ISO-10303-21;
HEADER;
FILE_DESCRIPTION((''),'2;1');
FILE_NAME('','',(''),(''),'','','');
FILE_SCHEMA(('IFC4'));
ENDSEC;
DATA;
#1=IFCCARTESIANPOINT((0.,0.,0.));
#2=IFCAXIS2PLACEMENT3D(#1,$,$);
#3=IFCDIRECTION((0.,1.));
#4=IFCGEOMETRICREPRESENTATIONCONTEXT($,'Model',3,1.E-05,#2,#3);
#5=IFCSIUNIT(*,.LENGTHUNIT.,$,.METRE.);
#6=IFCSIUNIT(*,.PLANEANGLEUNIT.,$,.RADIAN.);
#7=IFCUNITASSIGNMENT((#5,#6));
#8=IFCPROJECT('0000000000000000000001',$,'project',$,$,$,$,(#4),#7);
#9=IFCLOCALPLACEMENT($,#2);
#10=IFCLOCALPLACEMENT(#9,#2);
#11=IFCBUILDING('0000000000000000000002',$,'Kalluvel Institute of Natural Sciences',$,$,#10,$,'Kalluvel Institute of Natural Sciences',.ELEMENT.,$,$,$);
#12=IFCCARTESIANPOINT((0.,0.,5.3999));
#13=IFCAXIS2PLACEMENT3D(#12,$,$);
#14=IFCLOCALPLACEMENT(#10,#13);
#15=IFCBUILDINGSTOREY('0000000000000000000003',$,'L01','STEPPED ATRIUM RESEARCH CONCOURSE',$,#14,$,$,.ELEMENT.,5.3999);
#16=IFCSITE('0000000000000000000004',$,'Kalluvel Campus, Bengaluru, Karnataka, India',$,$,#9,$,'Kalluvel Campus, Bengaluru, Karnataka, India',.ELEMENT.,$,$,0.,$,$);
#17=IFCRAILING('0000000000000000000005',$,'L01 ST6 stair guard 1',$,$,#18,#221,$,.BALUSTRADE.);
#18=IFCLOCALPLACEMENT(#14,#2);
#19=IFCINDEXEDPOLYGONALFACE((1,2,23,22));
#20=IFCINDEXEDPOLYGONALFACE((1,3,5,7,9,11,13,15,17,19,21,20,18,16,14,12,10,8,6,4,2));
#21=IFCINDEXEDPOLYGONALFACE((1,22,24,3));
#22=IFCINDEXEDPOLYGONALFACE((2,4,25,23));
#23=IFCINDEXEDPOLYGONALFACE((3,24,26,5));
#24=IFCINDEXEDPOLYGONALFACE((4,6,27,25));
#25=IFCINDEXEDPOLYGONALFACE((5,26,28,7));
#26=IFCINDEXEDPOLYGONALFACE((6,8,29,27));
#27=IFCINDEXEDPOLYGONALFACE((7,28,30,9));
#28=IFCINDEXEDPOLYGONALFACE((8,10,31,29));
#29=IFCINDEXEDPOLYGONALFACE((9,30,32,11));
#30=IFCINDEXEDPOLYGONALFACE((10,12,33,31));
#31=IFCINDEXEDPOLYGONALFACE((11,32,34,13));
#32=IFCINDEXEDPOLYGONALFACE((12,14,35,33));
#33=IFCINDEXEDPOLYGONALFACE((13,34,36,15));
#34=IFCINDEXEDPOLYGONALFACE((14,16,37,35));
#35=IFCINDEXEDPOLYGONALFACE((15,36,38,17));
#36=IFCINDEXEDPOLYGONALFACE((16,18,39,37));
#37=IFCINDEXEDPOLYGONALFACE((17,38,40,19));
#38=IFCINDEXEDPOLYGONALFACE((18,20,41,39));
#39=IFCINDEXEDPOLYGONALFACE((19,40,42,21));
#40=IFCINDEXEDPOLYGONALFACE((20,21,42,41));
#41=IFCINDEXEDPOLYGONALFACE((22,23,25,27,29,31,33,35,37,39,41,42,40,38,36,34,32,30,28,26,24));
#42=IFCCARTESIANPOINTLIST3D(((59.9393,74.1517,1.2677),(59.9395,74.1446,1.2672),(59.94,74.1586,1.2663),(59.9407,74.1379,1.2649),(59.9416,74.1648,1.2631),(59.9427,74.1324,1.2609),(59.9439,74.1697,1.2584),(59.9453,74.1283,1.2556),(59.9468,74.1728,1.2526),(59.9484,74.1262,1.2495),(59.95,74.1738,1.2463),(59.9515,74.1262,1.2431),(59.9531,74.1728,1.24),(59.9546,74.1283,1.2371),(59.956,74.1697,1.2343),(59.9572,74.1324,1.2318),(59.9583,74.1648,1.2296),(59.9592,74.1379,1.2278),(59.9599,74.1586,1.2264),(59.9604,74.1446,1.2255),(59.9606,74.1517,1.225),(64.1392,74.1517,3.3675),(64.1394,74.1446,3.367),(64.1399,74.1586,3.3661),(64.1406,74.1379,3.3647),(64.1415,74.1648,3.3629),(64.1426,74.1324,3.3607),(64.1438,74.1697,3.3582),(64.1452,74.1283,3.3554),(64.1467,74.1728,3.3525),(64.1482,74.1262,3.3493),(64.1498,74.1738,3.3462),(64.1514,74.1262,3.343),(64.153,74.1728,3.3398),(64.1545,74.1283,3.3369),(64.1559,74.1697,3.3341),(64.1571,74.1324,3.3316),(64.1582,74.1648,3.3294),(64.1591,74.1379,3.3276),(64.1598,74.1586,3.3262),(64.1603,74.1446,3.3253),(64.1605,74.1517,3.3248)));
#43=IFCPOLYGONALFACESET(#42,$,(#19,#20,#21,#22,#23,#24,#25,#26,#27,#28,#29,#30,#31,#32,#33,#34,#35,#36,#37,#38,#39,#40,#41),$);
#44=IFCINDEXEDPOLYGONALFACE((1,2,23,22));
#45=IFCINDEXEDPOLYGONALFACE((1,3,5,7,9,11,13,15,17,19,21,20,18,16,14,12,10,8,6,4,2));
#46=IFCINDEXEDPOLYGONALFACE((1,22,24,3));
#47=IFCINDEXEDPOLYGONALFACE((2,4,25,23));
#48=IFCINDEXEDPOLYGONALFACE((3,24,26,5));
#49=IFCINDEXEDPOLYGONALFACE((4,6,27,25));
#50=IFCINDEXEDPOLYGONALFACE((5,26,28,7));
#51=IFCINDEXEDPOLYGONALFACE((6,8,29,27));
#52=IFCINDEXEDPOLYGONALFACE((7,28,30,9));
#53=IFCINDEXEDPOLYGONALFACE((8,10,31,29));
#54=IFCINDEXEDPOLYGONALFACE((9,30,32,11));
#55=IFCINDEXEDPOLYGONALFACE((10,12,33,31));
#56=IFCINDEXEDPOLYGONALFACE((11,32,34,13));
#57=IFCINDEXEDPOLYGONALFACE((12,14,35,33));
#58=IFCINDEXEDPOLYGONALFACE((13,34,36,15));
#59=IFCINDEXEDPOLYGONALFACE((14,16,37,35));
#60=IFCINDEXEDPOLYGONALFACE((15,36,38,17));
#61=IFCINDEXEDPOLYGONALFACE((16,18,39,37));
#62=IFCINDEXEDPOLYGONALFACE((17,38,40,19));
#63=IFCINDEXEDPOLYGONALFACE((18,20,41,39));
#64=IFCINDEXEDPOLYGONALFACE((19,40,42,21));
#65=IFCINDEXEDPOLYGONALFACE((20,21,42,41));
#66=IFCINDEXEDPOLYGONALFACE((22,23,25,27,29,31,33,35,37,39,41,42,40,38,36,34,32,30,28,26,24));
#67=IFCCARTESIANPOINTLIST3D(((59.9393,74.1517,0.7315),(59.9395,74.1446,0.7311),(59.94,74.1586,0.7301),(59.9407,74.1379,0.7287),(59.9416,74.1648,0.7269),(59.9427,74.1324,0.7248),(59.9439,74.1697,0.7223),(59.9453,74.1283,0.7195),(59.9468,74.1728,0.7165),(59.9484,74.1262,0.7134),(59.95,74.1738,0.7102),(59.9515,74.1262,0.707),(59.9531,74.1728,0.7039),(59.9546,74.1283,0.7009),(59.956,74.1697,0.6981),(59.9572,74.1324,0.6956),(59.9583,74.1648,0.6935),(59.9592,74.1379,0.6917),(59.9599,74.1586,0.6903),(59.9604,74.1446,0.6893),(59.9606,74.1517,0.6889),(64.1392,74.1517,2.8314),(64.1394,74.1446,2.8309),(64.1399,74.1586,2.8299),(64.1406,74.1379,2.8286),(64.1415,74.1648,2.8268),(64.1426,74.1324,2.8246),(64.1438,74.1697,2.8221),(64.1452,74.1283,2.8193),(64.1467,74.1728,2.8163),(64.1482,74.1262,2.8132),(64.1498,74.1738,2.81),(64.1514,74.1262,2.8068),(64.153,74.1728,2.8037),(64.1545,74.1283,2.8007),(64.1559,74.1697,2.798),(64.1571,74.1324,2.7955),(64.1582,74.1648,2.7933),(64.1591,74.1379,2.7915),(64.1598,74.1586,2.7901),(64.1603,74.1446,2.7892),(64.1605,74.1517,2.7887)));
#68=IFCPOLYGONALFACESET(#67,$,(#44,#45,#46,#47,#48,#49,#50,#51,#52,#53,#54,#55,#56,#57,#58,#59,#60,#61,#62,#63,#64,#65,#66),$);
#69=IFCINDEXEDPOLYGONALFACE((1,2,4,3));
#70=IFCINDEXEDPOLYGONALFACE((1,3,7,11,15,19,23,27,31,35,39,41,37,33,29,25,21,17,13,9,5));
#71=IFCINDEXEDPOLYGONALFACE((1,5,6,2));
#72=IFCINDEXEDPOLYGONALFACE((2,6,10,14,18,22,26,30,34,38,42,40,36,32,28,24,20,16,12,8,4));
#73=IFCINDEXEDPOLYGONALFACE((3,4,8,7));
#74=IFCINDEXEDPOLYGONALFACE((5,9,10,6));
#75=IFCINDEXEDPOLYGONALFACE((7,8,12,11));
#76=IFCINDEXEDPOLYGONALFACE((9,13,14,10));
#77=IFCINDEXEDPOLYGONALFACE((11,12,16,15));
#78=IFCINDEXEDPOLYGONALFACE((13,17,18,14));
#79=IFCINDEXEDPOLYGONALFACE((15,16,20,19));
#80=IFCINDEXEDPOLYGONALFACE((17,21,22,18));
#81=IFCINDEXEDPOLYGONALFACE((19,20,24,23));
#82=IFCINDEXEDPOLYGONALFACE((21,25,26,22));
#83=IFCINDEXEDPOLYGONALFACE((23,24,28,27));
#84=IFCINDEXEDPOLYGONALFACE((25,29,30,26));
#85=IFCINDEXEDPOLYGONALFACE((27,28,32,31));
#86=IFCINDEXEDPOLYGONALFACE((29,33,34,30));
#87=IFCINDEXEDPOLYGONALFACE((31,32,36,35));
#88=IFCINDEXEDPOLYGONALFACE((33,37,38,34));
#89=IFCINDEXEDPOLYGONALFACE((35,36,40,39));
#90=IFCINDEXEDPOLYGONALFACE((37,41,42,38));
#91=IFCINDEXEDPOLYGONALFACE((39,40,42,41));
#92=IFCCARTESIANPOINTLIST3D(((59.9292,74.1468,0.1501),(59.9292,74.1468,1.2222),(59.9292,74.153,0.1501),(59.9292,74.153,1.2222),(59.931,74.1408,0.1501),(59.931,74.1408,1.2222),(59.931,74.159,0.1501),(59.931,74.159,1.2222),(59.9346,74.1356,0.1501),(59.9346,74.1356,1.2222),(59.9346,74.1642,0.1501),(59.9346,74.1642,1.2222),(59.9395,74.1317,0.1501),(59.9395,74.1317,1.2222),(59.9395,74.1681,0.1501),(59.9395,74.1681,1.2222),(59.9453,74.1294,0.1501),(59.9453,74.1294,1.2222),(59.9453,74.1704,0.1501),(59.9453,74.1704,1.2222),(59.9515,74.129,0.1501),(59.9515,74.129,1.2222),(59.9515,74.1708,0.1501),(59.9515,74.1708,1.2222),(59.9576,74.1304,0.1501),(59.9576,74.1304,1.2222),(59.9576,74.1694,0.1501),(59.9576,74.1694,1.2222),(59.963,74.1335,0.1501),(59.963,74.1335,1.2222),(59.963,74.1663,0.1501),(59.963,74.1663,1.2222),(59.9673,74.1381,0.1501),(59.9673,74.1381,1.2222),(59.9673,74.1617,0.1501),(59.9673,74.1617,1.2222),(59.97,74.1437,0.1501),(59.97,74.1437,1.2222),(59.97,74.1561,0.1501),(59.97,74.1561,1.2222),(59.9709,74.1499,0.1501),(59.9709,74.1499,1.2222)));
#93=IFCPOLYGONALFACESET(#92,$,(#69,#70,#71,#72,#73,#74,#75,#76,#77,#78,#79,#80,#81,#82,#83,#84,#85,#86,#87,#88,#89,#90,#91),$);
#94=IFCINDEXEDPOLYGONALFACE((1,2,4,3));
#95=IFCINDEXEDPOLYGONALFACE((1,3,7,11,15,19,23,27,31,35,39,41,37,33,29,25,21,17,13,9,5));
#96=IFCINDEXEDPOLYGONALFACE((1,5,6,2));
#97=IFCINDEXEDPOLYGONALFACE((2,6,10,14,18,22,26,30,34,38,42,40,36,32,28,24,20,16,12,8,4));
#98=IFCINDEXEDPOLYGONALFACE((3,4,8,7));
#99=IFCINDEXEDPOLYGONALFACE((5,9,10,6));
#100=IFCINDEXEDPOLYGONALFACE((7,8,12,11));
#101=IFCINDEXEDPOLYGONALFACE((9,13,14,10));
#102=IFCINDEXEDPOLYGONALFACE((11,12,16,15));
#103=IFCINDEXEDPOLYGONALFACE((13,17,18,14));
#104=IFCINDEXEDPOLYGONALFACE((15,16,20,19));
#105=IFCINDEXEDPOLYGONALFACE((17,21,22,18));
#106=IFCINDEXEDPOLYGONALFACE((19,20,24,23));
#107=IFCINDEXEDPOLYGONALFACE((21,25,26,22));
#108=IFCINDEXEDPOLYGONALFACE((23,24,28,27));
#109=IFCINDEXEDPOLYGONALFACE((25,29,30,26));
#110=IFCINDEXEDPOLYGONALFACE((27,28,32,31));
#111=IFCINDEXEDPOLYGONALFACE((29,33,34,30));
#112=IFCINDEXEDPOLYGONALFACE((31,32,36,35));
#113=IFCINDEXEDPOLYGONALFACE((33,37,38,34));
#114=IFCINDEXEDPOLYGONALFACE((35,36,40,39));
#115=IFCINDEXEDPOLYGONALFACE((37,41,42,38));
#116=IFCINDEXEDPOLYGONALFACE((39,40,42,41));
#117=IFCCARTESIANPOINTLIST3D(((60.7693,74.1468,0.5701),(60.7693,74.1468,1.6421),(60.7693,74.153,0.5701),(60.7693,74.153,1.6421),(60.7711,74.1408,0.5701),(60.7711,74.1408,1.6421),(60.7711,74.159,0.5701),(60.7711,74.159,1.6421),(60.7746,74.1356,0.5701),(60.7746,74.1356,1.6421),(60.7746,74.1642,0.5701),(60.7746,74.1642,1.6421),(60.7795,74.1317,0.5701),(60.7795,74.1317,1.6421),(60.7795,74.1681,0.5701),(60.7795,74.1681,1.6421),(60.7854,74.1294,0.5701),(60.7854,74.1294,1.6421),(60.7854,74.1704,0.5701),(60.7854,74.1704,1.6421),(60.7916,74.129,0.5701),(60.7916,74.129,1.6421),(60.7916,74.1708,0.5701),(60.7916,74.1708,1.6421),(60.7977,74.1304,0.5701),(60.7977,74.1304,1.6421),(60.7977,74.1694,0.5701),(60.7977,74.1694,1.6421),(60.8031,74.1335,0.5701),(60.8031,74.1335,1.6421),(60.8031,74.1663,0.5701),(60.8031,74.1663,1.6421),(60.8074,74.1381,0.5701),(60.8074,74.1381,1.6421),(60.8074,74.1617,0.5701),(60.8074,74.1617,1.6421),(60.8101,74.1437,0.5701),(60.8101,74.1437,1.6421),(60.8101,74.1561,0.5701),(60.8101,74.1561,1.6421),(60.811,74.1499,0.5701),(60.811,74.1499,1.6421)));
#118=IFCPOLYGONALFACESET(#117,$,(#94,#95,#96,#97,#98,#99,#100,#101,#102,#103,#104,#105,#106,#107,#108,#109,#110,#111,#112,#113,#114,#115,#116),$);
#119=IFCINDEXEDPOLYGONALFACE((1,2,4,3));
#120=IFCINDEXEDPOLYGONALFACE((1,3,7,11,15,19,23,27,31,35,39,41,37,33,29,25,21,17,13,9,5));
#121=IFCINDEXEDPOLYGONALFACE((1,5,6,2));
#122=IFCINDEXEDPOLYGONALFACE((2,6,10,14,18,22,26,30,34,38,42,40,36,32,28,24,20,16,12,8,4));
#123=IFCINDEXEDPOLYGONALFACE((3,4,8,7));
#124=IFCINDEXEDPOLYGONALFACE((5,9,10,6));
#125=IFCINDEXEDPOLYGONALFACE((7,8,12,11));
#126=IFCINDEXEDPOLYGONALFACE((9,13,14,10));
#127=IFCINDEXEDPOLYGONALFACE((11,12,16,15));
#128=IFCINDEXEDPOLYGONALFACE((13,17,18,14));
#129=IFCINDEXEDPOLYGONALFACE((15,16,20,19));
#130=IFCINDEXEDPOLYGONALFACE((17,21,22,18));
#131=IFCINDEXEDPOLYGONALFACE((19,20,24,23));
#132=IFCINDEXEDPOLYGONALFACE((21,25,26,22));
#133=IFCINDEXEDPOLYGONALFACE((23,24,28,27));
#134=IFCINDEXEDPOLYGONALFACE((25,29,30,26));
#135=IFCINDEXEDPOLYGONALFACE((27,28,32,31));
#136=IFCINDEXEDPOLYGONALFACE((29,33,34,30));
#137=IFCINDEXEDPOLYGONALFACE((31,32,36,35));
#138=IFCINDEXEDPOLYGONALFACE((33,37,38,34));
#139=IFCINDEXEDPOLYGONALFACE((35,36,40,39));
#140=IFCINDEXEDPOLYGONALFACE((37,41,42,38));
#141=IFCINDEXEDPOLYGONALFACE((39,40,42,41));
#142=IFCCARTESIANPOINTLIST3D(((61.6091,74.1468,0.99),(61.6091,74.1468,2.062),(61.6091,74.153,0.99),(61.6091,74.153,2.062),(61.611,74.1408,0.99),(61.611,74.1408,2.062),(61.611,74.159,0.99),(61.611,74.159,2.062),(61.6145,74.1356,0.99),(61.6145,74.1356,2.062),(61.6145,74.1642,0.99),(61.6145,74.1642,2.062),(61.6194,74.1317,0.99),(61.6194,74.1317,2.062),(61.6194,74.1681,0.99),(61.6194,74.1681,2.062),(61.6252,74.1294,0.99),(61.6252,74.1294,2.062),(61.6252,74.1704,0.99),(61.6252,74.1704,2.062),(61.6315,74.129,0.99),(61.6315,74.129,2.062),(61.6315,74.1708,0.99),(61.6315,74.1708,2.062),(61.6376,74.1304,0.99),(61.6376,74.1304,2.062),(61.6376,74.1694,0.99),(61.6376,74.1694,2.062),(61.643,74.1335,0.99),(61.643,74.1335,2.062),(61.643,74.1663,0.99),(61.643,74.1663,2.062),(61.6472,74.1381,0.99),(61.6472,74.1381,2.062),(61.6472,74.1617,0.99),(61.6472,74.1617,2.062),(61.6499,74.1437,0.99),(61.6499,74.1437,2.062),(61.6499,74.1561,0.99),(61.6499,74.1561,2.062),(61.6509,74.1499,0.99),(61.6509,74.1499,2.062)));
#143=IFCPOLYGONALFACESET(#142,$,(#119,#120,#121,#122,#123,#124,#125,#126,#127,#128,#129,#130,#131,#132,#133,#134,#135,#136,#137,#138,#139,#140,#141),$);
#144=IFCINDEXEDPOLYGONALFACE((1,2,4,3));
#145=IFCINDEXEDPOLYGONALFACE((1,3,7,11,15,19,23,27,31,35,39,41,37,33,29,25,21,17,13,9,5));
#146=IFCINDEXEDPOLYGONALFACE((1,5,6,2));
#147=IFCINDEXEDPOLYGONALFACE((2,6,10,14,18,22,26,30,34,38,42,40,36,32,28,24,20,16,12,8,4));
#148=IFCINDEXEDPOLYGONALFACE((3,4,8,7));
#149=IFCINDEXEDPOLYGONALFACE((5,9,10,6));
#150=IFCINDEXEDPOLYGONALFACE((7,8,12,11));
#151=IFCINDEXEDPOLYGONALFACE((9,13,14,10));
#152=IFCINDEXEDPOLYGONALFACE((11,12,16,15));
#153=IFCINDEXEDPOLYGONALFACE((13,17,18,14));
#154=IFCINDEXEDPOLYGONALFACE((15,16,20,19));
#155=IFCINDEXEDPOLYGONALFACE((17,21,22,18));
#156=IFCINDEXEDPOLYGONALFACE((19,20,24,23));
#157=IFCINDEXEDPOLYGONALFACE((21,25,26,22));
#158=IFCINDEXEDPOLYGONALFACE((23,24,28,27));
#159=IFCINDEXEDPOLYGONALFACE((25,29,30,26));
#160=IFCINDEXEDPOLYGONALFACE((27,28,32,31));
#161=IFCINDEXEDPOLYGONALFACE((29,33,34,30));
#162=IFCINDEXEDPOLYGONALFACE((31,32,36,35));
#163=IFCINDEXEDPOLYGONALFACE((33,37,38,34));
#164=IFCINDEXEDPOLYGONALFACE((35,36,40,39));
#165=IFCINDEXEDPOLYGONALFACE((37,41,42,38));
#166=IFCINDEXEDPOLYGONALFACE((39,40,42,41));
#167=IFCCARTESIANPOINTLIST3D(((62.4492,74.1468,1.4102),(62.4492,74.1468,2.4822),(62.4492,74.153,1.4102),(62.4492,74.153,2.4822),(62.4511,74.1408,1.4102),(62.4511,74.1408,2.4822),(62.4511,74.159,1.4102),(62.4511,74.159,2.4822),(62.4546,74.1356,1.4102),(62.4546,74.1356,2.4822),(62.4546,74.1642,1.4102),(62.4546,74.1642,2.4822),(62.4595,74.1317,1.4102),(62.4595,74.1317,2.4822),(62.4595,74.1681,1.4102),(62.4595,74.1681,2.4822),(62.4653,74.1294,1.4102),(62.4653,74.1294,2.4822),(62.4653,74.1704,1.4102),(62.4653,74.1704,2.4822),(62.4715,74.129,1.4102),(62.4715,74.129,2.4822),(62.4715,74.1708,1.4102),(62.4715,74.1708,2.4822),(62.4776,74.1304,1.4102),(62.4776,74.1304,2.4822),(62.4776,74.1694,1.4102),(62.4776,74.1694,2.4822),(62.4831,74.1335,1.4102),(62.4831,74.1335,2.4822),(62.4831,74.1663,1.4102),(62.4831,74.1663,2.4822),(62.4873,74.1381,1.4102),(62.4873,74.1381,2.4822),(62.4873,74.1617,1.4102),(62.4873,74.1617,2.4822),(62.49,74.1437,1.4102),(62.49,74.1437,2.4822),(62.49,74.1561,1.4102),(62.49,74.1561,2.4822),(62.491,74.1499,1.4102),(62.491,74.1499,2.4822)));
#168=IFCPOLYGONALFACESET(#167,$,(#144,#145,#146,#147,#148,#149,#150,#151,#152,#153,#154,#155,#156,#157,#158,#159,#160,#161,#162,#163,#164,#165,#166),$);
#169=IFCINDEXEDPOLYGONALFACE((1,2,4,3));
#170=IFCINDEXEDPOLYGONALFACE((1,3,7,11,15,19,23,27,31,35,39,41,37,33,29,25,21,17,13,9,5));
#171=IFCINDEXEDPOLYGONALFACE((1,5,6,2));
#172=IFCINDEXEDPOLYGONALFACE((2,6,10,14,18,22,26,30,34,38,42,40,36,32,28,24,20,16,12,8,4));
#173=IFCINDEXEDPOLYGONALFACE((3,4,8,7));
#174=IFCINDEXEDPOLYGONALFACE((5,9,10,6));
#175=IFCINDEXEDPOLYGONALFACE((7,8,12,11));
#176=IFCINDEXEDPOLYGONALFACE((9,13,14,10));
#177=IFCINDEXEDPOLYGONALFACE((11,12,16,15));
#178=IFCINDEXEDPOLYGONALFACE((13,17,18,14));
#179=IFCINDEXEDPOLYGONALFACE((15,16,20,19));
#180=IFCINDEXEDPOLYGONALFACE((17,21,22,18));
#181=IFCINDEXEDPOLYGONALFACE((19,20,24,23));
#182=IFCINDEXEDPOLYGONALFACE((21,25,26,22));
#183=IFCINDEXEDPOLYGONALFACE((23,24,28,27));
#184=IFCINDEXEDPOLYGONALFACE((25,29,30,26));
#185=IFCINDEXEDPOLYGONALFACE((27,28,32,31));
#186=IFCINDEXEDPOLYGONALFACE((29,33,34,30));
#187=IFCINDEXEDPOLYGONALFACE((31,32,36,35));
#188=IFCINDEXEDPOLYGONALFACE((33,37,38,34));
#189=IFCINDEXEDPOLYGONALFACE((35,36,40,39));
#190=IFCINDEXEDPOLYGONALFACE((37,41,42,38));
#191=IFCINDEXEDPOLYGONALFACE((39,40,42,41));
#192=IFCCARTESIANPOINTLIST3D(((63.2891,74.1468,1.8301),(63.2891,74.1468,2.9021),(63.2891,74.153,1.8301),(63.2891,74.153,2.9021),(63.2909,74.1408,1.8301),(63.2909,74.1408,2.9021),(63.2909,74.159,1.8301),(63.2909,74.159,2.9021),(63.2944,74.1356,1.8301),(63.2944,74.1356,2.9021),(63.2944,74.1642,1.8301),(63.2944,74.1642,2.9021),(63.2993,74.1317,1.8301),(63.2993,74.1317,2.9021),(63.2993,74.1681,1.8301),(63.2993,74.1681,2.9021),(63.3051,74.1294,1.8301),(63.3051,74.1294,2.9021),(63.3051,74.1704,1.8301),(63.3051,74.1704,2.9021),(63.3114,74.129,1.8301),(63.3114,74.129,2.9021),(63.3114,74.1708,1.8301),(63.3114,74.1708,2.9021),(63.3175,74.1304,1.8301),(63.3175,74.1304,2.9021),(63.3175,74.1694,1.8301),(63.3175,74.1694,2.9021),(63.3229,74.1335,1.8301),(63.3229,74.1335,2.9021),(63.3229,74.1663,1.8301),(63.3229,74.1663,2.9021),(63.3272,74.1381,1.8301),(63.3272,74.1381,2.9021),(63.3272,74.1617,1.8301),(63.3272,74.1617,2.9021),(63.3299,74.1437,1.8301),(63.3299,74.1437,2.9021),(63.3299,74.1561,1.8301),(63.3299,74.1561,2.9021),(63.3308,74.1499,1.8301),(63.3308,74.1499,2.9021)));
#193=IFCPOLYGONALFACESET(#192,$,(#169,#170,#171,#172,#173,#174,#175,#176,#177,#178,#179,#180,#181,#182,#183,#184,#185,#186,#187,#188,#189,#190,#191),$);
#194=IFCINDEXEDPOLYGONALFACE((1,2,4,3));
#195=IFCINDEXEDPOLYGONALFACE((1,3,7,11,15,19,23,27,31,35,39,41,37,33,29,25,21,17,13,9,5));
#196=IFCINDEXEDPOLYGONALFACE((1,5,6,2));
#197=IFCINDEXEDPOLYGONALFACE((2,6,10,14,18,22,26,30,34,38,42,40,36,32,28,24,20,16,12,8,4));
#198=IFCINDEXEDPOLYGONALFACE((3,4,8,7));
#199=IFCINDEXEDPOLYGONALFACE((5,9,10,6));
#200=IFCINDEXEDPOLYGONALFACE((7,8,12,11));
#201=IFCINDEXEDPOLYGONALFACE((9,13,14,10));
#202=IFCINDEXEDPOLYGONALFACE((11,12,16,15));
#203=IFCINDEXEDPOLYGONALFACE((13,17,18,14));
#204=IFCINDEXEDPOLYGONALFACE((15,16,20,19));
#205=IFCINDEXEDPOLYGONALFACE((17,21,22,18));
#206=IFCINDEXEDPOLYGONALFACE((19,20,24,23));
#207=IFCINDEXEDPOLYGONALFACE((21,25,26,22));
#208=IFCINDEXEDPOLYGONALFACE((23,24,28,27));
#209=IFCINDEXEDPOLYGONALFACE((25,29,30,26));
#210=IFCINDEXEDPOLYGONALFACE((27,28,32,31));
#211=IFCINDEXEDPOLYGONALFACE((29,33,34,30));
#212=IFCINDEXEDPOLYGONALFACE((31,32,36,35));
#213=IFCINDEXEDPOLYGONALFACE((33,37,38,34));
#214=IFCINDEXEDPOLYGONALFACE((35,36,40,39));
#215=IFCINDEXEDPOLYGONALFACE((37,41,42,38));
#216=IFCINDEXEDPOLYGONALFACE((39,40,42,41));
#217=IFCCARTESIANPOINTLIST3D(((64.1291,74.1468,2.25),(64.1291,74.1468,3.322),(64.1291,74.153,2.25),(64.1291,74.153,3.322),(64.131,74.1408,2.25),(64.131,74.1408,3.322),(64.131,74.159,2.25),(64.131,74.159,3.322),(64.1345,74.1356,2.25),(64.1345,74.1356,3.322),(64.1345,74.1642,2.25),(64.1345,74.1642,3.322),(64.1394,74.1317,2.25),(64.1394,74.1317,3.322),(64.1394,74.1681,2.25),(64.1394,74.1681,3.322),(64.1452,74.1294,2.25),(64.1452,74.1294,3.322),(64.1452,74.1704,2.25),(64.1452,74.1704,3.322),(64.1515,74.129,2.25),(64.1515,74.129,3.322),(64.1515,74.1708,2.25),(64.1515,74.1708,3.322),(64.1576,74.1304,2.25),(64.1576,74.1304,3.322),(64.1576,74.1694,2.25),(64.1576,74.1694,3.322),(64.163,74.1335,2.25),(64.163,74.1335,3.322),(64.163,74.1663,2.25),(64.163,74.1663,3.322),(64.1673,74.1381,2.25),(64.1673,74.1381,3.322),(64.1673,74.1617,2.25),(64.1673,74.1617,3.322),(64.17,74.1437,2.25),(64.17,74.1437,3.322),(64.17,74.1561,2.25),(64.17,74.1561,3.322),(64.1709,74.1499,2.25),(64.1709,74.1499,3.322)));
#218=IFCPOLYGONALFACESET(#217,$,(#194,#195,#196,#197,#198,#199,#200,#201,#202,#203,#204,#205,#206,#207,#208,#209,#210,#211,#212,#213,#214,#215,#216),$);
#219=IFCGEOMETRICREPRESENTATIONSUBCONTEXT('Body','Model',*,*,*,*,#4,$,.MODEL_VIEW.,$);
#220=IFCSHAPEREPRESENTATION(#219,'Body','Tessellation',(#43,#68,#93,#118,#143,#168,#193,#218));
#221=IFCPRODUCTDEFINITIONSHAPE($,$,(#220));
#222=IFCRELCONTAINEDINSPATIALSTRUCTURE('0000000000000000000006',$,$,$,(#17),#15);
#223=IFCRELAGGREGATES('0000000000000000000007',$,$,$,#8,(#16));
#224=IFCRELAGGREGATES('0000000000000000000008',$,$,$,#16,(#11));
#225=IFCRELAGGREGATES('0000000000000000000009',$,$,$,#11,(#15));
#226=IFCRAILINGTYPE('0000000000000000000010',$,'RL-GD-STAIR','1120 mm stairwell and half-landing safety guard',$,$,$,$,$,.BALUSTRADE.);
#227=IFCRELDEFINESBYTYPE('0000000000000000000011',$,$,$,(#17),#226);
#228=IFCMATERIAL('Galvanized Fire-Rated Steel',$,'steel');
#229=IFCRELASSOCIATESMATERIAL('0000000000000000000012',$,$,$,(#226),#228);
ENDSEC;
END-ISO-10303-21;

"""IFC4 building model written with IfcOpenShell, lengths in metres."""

from ifc_helpers import new_model, si_unit, direction, frame, origin, origin_2d, place, context, subcontext, project, spatial, circle, extrude, material, type_object, element, save


model = new_model("IFC4")

# Units and contexts
model_context = context("Model", 3, precision=1e-05, world=origin(), true_north=direction((0.0, 1.0)))
body_context = subcontext(model_context, "Body", "Model", "MODEL_VIEW")
ifc_project = project(units=[si_unit("LENGTHUNIT", "METRE"), si_unit("PLANEANGLEUNIT", "RADIAN")], contexts=[model_context])

# Site, building, storey
site_placement = place(None, origin())
site = spatial("IfcSite", under=ifc_project, at=site_placement, Name="Kalluvel Campus, Bengaluru, Karnataka, India", LongName="Kalluvel Campus, Bengaluru, Karnataka, India", CompositionType="ELEMENT", RefElevation=0.0)
building_placement = place(site_placement, origin())
building = spatial("IfcBuilding", under=site, at=building_placement, Name="Kalluvel Institute of Natural Sciences", LongName="Kalluvel Institute of Natural Sciences", CompositionType="ELEMENT")
storey_placement = place(building_placement, frame((0.0, 0.0, 5.3999)))
storey = spatial("IfcBuildingStorey", under=building, at=storey_placement, Name="L01", Description="STEPPED ATRIUM RESEARCH CONCOURSE", CompositionType="ELEMENT", Elevation=5.3999)

# Railing
ifc_material_1 = material(Name="Galvanized Fire-Rated Steel", Category="steel")
railing_type_1 = type_object("IfcRailingType", Name="RL-GD-STAIR", Description="1120 mm stairwell and half-landing safety guard", PredefinedType="BALUSTRADE", material=ifc_material_1)
railing_1_placement = place(storey_placement, frame((59.95, 74.1499, 0.1501)))
element("IfcRailing", 1, at=railing_1_placement, inside=storey, type_object=railing_type_1, Name="L01 ST6 stair guard 1", PredefinedType="BALUSTRADE", context=body_context, shape_type="SweptSolid", body=[
    extrude(circle(Radius=0.0239, at=origin_2d()), frame((0.0, 0.0, 1.0962), z_axis=(0.894438, 0.0, 0.447193), x_axis=(0.0, 1.0, 0.0)), (0.0, 0.0, 1.0), 4.6956),
    extrude(circle(Radius=0.0239, at=origin_2d()), frame((0.0, 0.0, 0.5601), z_axis=(0.894438, 0.0, 0.447193), x_axis=(0.0, 1.0, 0.0)), (0.0, 0.0, 1.0), 4.6956),
    extrude(circle(Radius=0.021, at=origin_2d()), origin(), (0.0, 0.0, 1.0), 1.072),
    extrude(circle(Radius=0.021, at=origin_2d()), frame((0.8401, 0.0, 0.4199)), (0.0, 0.0, 1.0), 1.072),
    extrude(circle(Radius=0.021, at=origin_2d()), frame((1.6799, 0.0, 0.8398)), (0.0, 0.0, 1.0), 1.072),
    extrude(circle(Radius=0.021, at=origin_2d()), frame((2.52, 0.0, 1.26)), (0.0, 0.0, 1.0), 1.072),
    extrude(circle(Radius=0.021, at=origin_2d()), frame((3.3599, 0.0, 1.6799)), (0.0, 0.0, 1.0), 1.072),
    extrude(circle(Radius=0.021, at=origin_2d()), frame((4.2, 0.0, 2.0999)), (0.0, 0.0, 1.0), 1.072),
])

save(model, "model.ifc")
